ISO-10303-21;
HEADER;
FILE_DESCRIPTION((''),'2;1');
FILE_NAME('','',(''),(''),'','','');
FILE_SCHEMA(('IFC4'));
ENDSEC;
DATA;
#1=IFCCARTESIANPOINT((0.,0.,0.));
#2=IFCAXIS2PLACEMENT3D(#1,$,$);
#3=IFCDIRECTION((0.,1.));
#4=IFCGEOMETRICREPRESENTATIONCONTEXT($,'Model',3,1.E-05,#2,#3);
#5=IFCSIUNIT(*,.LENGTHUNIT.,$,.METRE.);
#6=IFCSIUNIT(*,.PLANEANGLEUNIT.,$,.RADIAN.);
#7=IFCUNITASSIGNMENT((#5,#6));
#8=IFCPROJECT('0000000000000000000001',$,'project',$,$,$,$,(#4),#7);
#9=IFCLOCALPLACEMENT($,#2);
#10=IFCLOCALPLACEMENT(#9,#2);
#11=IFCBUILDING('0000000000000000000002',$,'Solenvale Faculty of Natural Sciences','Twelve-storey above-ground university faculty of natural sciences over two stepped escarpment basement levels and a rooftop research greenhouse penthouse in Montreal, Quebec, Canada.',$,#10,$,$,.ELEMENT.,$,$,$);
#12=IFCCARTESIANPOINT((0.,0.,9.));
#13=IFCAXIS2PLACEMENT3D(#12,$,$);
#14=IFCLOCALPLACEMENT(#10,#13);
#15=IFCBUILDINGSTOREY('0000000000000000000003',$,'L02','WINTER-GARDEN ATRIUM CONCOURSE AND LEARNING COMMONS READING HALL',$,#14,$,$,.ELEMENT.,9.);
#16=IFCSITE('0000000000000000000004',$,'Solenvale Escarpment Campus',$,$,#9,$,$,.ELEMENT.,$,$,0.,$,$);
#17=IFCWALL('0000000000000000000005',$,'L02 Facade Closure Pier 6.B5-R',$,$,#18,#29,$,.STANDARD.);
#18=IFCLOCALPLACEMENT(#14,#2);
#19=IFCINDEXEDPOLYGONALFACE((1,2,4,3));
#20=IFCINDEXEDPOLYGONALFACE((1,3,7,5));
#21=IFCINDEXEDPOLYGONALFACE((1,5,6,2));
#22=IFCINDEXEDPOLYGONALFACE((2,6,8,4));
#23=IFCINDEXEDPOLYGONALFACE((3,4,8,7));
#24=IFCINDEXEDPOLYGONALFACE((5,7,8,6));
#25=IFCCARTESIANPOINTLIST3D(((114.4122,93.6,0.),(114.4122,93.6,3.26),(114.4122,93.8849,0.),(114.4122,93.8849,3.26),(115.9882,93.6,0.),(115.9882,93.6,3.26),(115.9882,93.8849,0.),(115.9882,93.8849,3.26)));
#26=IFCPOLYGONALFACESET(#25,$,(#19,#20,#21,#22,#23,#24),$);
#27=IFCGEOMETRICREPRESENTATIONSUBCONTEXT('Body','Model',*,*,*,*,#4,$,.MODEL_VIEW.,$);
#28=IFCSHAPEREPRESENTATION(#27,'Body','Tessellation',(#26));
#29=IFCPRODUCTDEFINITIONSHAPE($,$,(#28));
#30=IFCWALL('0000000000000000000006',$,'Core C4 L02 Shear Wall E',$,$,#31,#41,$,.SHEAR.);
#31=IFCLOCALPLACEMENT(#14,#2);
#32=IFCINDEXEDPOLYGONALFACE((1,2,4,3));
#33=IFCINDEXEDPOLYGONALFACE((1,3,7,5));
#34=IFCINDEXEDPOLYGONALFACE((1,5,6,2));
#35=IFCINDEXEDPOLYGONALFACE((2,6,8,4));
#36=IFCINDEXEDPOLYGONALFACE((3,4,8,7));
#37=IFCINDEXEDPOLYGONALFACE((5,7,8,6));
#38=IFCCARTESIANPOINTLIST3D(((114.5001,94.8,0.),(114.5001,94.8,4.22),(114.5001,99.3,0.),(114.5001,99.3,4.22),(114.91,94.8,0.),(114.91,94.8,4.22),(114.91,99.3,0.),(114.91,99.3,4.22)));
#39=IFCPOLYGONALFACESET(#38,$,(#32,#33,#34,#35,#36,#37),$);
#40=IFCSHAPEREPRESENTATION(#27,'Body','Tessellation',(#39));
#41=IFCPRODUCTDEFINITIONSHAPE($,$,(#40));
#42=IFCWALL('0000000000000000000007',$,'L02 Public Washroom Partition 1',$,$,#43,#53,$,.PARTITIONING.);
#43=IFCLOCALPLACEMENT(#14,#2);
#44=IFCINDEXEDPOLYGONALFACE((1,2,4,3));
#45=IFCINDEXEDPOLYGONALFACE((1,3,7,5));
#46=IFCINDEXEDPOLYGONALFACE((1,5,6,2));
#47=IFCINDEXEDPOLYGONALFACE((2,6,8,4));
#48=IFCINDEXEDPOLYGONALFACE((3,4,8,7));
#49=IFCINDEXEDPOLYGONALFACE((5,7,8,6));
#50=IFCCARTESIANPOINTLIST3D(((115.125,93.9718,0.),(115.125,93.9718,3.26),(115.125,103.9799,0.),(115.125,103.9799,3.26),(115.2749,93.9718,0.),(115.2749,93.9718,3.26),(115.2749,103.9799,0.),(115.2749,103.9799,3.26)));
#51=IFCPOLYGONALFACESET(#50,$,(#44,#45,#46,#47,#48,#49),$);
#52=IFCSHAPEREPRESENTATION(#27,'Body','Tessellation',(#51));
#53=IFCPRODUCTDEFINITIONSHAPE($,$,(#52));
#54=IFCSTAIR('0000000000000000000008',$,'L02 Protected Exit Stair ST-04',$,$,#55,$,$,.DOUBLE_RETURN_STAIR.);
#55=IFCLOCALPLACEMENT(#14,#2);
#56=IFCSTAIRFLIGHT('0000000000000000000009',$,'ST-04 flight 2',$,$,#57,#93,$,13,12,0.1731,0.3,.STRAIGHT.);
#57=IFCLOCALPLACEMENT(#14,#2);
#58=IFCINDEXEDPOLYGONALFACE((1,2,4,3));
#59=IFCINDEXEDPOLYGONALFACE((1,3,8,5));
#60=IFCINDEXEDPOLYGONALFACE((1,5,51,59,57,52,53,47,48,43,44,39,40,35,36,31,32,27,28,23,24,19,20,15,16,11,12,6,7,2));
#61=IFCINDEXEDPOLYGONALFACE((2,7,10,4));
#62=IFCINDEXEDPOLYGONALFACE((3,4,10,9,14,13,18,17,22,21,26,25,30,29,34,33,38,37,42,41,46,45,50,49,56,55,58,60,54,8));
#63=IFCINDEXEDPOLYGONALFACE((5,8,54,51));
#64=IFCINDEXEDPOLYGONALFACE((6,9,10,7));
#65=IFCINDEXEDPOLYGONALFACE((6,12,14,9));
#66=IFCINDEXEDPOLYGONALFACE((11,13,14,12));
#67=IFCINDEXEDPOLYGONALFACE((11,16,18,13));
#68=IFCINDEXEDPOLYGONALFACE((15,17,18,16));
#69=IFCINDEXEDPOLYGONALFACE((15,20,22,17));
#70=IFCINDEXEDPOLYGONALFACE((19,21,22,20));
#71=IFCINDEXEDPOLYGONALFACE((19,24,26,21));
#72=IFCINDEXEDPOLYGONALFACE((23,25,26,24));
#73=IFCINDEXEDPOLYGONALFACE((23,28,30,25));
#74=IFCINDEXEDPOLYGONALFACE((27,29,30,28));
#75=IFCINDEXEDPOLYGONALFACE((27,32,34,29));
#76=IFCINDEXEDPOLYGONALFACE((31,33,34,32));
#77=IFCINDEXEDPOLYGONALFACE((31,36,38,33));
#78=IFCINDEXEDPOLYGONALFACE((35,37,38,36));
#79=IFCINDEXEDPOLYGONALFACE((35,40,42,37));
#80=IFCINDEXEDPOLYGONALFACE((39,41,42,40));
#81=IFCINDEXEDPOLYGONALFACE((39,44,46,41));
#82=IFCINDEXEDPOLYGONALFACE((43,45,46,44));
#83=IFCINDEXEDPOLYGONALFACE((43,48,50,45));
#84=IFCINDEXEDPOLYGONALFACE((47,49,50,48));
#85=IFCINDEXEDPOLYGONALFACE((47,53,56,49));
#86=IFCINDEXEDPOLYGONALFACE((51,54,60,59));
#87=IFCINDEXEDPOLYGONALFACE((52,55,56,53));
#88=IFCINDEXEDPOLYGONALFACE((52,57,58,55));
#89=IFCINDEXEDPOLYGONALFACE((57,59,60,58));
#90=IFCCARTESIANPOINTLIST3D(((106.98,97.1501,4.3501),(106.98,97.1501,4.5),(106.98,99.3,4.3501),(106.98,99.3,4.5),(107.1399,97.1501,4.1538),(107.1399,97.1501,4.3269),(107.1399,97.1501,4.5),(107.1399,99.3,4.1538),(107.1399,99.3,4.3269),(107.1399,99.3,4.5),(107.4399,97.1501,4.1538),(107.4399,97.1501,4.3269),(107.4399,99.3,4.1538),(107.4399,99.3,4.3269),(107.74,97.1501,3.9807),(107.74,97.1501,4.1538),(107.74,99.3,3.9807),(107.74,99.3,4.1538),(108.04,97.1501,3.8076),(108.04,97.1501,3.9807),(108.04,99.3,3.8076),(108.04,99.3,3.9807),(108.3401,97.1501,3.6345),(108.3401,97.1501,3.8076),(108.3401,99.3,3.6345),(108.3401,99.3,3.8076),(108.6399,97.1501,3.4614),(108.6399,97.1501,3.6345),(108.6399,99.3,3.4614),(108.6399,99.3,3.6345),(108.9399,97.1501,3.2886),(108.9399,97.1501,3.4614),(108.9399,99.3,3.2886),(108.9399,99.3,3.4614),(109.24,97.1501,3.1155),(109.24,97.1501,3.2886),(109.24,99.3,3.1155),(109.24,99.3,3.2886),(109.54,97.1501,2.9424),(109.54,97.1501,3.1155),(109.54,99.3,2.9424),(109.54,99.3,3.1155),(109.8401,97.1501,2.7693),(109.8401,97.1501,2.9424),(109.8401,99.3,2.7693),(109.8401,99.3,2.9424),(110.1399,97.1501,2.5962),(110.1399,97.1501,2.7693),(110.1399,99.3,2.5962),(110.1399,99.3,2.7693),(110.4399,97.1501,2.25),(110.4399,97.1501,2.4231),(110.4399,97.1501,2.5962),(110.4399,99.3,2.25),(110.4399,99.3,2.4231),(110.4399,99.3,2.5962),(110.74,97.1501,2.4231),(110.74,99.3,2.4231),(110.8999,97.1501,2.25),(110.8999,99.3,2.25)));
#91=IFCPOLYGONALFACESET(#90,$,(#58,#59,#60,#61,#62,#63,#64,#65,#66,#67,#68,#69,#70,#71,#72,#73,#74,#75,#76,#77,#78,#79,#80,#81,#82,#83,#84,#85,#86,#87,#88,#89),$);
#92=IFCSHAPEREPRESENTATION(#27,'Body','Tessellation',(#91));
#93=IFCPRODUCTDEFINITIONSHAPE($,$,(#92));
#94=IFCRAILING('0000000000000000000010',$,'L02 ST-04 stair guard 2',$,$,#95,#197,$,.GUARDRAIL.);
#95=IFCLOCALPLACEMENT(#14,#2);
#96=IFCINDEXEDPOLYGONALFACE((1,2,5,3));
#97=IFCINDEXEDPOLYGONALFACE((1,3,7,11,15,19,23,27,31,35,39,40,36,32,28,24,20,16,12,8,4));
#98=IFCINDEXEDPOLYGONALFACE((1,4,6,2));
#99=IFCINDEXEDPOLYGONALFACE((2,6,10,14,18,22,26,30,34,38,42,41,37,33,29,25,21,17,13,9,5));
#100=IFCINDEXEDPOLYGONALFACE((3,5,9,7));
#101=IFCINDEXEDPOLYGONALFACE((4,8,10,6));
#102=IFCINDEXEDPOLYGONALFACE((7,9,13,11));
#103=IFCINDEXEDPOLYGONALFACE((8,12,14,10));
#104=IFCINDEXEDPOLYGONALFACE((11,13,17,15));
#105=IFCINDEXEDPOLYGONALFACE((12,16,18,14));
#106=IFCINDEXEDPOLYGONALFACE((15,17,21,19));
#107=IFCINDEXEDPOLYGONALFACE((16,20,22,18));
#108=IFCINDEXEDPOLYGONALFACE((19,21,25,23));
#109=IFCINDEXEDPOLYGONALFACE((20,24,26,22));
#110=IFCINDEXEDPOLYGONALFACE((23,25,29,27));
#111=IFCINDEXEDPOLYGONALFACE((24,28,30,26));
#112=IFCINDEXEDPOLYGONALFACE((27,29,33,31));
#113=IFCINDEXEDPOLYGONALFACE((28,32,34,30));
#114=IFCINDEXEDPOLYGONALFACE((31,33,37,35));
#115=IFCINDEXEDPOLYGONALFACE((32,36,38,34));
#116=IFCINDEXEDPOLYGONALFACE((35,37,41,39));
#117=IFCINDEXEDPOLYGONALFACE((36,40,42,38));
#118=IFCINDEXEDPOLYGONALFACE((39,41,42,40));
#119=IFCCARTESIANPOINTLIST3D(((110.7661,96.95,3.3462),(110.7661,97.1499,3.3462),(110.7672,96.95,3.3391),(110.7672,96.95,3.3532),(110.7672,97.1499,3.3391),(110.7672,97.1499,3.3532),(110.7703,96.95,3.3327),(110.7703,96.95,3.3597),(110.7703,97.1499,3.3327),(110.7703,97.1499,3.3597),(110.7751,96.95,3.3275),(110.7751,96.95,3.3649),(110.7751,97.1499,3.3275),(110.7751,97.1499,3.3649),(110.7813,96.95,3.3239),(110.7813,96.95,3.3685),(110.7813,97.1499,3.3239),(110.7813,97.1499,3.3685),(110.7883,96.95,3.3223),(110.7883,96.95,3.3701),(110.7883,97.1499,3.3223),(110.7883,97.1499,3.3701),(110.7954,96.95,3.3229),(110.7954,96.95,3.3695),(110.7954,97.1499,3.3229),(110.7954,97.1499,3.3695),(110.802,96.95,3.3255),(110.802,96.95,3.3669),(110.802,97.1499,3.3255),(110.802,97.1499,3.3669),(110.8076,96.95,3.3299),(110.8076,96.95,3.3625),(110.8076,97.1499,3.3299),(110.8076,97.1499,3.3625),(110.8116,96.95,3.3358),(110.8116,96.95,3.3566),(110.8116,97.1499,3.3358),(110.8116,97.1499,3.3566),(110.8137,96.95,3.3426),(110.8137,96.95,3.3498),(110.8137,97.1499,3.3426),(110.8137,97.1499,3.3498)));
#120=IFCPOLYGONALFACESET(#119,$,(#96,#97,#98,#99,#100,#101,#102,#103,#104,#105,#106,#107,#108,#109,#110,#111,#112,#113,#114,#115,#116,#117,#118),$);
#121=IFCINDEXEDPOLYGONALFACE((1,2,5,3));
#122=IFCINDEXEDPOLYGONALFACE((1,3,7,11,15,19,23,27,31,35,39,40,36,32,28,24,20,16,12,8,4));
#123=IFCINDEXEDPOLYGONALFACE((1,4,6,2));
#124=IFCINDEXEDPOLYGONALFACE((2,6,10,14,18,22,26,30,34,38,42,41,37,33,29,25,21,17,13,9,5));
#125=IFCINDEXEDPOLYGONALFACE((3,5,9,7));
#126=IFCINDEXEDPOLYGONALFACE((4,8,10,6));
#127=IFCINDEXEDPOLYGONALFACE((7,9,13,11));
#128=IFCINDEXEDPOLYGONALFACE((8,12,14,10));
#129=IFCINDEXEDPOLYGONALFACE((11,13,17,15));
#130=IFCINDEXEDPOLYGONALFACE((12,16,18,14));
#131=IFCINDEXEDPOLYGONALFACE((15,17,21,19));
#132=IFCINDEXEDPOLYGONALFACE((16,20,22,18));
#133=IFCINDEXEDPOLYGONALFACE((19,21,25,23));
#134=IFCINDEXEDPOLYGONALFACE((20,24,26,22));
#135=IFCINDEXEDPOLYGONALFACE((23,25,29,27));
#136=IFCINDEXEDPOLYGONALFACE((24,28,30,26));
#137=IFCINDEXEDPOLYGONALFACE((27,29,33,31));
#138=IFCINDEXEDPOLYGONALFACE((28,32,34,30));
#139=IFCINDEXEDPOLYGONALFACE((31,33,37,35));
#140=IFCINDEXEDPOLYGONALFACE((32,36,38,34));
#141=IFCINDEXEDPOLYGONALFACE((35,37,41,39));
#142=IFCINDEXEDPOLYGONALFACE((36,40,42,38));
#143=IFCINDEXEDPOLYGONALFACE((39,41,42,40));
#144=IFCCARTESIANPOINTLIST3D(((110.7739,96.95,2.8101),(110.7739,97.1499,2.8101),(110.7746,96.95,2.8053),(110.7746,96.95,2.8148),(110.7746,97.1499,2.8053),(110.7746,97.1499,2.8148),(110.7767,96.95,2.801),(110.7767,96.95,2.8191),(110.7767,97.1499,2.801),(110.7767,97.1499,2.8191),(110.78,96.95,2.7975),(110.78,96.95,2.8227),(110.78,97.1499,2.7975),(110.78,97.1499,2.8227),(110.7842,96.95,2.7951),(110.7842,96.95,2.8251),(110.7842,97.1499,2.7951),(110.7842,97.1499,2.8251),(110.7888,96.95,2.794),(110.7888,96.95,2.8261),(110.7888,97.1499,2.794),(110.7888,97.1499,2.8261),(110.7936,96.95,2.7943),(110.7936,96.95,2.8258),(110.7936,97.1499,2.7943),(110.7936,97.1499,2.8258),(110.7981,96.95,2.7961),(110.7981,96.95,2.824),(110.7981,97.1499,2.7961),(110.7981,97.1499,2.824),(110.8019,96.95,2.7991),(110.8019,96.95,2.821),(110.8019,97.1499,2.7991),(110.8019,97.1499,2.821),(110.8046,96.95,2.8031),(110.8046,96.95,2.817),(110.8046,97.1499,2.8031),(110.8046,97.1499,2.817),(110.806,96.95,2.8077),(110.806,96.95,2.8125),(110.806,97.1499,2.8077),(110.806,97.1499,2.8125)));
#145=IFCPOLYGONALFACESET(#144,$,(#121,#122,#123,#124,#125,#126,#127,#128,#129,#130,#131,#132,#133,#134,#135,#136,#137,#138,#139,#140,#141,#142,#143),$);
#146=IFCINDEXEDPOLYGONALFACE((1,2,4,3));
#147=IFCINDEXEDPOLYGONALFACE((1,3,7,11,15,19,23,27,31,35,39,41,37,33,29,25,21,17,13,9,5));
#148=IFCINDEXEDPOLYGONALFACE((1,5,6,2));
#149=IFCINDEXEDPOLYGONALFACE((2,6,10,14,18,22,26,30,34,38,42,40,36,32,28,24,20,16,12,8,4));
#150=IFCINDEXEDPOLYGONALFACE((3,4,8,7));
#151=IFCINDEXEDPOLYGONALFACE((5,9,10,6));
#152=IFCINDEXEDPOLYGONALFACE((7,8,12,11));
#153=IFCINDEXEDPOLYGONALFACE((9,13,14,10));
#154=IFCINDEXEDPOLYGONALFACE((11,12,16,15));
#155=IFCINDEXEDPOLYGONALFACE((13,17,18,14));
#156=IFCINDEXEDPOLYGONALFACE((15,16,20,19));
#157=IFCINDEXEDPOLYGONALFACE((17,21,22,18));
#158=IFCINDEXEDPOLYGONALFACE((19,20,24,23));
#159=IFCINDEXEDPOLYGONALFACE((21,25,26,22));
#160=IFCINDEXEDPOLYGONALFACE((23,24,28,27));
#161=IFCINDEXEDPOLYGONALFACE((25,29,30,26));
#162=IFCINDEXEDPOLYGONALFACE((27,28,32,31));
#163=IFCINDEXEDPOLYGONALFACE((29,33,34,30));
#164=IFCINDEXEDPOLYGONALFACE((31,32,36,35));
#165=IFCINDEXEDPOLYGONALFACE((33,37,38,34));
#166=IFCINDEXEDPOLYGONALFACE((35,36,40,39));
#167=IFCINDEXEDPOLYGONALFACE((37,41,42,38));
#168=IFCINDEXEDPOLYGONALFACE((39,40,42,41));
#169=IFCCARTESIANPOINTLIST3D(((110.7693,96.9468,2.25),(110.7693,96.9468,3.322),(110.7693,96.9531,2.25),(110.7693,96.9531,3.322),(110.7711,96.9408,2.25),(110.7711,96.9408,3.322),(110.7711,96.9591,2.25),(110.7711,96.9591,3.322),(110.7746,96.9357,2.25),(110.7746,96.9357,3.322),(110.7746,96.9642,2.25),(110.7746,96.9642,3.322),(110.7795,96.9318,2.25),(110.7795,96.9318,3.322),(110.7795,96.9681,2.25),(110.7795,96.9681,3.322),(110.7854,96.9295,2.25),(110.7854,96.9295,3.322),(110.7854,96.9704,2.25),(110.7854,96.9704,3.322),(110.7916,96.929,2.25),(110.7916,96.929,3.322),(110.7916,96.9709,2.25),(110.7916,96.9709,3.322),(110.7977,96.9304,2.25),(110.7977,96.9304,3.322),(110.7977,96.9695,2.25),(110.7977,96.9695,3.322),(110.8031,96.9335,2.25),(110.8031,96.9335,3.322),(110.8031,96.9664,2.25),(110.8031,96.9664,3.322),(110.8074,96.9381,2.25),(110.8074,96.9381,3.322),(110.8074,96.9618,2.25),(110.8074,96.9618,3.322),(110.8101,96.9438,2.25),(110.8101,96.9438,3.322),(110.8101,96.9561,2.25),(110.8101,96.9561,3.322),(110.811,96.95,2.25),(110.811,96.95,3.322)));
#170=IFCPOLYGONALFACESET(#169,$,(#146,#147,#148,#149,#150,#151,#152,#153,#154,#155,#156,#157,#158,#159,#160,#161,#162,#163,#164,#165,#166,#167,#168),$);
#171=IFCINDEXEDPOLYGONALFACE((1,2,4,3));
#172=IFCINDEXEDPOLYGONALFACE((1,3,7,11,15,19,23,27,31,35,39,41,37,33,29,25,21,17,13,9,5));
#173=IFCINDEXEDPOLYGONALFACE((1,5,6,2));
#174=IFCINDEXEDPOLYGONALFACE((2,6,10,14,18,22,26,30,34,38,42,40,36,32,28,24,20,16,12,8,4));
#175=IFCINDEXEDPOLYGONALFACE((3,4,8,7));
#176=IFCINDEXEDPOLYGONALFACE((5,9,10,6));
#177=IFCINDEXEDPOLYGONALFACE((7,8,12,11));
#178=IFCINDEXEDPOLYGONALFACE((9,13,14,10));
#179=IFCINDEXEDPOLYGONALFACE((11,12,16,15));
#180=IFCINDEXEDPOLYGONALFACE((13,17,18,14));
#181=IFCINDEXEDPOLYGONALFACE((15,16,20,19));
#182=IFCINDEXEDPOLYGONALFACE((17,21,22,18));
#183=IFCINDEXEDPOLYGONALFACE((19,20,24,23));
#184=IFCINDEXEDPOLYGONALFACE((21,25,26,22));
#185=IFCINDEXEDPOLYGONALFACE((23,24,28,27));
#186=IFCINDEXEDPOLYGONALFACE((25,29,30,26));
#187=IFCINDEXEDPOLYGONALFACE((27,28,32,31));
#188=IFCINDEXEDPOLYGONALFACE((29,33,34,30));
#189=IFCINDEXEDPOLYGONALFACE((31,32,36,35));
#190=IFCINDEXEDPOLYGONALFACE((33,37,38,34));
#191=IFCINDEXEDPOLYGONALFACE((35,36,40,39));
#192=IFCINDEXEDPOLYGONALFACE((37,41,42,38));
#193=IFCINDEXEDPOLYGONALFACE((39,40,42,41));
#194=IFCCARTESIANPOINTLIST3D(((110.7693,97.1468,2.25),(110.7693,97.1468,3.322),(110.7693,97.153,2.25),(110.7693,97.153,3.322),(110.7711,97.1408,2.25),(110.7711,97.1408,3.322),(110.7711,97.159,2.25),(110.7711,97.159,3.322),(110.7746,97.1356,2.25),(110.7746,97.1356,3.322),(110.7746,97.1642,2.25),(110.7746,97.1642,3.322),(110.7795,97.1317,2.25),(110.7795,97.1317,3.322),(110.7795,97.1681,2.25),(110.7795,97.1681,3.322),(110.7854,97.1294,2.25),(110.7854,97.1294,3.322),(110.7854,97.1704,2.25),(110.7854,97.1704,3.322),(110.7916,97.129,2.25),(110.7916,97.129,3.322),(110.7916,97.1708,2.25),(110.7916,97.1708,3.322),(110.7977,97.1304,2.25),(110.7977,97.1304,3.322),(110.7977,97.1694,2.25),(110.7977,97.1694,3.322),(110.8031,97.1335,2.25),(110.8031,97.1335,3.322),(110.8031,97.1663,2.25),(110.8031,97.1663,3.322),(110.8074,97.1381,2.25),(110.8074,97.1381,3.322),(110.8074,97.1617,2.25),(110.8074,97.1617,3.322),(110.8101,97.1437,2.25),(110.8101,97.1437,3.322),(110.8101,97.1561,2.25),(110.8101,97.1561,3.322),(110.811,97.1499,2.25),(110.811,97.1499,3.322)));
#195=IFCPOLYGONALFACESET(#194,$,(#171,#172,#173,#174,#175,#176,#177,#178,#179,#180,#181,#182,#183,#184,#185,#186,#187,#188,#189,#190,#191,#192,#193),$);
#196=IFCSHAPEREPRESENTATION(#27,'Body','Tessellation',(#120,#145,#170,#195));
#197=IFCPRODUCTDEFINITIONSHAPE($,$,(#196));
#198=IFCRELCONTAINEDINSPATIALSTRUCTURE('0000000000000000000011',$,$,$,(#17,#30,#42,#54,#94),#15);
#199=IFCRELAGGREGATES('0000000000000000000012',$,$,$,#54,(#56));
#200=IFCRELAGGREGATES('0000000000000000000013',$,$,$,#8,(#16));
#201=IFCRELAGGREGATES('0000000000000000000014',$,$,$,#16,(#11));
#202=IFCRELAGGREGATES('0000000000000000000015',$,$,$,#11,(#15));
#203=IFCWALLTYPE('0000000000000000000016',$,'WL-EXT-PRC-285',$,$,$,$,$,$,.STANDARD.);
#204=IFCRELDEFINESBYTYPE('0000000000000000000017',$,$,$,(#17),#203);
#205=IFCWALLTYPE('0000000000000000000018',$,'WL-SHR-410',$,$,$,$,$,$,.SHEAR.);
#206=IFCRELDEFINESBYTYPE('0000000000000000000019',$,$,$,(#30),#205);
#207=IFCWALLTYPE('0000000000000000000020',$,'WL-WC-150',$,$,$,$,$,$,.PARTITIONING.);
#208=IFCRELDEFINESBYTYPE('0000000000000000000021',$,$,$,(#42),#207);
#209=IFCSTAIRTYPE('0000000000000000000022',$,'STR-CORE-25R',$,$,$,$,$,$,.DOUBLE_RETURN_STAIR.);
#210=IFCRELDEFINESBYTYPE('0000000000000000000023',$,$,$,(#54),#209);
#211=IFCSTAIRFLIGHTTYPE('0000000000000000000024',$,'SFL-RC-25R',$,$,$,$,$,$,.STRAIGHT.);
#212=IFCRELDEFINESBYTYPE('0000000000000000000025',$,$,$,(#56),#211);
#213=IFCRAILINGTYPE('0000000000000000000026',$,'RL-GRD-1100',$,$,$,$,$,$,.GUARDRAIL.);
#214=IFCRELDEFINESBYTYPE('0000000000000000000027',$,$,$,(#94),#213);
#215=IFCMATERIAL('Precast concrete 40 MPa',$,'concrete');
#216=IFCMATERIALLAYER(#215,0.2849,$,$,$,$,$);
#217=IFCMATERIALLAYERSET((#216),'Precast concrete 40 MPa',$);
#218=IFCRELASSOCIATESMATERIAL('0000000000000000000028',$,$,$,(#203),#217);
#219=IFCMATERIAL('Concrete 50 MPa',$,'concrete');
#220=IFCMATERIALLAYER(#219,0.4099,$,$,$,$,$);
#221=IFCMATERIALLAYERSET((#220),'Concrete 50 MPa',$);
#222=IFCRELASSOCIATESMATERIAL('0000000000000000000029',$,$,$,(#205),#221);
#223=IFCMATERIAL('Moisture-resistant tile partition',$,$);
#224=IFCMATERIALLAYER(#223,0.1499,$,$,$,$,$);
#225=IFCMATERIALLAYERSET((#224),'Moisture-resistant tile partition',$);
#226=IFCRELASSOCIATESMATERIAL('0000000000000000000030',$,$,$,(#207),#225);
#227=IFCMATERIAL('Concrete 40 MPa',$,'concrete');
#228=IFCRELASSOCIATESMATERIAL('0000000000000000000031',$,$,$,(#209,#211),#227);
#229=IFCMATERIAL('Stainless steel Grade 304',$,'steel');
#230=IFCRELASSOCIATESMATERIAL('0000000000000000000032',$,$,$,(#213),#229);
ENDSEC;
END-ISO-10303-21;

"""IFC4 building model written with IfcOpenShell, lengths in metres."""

from ifc_helpers import new_model, si_unit, direction, frame, frame_2d, origin, origin_2d, place, context, subcontext, project, spatial, polyline, rectangle, circle, outline, extrude, material, layer, layer_set, type_object, element, aggregate, save


model = new_model("IFC4")

# Units and contexts
model_context = context("Model", 3, precision=1e-05, world=origin(), true_north=direction((0.0, 1.0)))
body_context = subcontext(model_context, "Body", "Model", "MODEL_VIEW")
ifc_project = project(units=[si_unit("LENGTHUNIT", "METRE"), si_unit("PLANEANGLEUNIT", "RADIAN")], contexts=[model_context])

# Site, building, storey
site_placement = place(None, origin())
site = spatial("IfcSite", under=ifc_project, at=site_placement, Name="Solenvale Escarpment Campus", CompositionType="ELEMENT", RefElevation=0.0)
building_placement = place(site_placement, origin())
building = spatial("IfcBuilding", under=site, at=building_placement, Name="Solenvale Faculty of Natural Sciences", Description="Twelve-storey above-ground university faculty of natural sciences over two stepped escarpment basement levels and a rooftop research greenhouse penthouse in Montreal, Quebec, Canada.", CompositionType="ELEMENT")
storey_placement = place(building_placement, frame((0.0, 0.0, 9.0)))
storey = spatial("IfcBuildingStorey", under=building, at=storey_placement, Name="L02", Description="WINTER-GARDEN ATRIUM CONCOURSE AND LEARNING COMMONS READING HALL", CompositionType="ELEMENT", Elevation=9.0)

# Shared definitions
ifc_material_1 = material(Name="Concrete 50 MPa", Category="concrete")

# Shared definitions
ifc_material_2 = material(Name="Concrete 40 MPa", Category="concrete")

# Walls
ifc_material_3 = material(Name="Precast concrete 40 MPa", Category="concrete")
ifc_layer_1 = layer(ifc_material_3, 0.2849)
ifc_layer_set_1 = layer_set([ifc_layer_1], Name="Precast concrete 40 MPa")
wall_type_1 = type_object("IfcWallType", Name="WL-EXT-PRC-285", PredefinedType="STANDARD", material=ifc_layer_set_1)
wall_1_placement = place(storey_placement, frame((114.4121, 93.7424, 0.0), z_axis=(0.0, 0.0, 1.0), x_axis=(1.0, 0.0, 0.0)))
element("IfcWall", 1, at=wall_1_placement, inside=storey, type_object=wall_type_1, Name="L02 Facade Closure Pier 6.B5-R", PredefinedType="STANDARD", context=body_context, shape_type="SweptSolid", body=[
    extrude(rectangle(XDim=1.5759, YDim=0.2849, at=frame_2d((0.7881, 0.0))), origin(), (0.0, 0.0, 1.0), 3.26),
])
ifc_layer_2 = layer(ifc_material_1, 0.4099)
ifc_layer_set_2 = layer_set([ifc_layer_2], Name="Concrete 50 MPa")
wall_type_2 = type_object("IfcWallType", Name="WL-SHR-410", PredefinedType="SHEAR", material=ifc_layer_set_2)
wall_2_placement = place(storey_placement, frame((114.7051, 94.8, 0.0), z_axis=(0.0, 0.0, 1.0), x_axis=(0.0, 1.0, 0.0)))
element("IfcWall", 2, at=wall_2_placement, inside=storey, type_object=wall_type_2, Name="Core C4 L02 Shear Wall E", PredefinedType="SHEAR", context=body_context, shape_type="SweptSolid", body=[
    extrude(rectangle(XDim=4.5, YDim=0.4099, at=frame_2d((2.25, 0.0))), origin(), (0.0, 0.0, 1.0), 4.22),
])
ifc_material_4 = material(Name="Moisture-resistant tile partition")
ifc_layer_3 = layer(ifc_material_4, 0.1499)
ifc_layer_set_3 = layer_set([ifc_layer_3], Name="Moisture-resistant tile partition")
wall_type_3 = type_object("IfcWallType", Name="WL-WC-150", PredefinedType="PARTITIONING", material=ifc_layer_set_3)
wall_3_placement = place(storey_placement, frame((115.2, 93.9719, 0.0), z_axis=(0.0, 0.0, 1.0), x_axis=(0.0, 1.0, 0.0)))
element("IfcWall", 3, at=wall_3_placement, inside=storey, type_object=wall_type_3, Name="L02 Public Washroom Partition 1", PredefinedType="PARTITIONING", context=body_context, shape_type="SweptSolid", body=[
    extrude(rectangle(XDim=10.0081, YDim=0.1499, at=frame_2d((5.0039, 0.0))), origin(), (0.0, 0.0, 1.0), 3.26),
])

# Stair, stair flight
stair_type = type_object("IfcStairType", Name="STR-CORE-25R", PredefinedType="DOUBLE_RETURN_STAIR", material=ifc_material_2)
stair_placement = place(storey_placement, origin())
stair = element("IfcStair", 4, at=stair_placement, inside=storey, type_object=stair_type, Name="L02 Protected Exit Stair ST-04", PredefinedType="DOUBLE_RETURN_STAIR")
stair_flight_type = type_object("IfcStairFlightType", Name="SFL-RC-25R", PredefinedType="STRAIGHT", material=ifc_material_2)
stair_flight_placement = place(storey_placement, frame((110.74, 98.2251, 2.25), z_axis=(0.0, 0.0, 1.0), x_axis=(-1.0, 0.0, 0.0)))
stair_flight = element("IfcStairFlight", 5, at=stair_flight_placement, type_object=stair_flight_type, Name="ST-04 flight 2", NumberOfRisers=13, NumberOfTreads=12, PredefinedType="STRAIGHT", RiserHeight=0.1731, TreadLength=0.3, context=body_context, shape_type="SweptSolid", body=[
    extrude(outline(polyline([(-0.1599, 0.0), (0.0, 0.1731), (0.3, 0.1731), (0.3, 0.3462), (0.6001, 0.3462), (0.6001, 0.5193), (0.8999, 0.5193), (0.8999, 0.6924), (1.2, 0.6924), (1.2, 0.8655), (1.5, 0.8655), (1.5, 1.0386), (1.8, 1.0386), (1.8, 1.2114), (2.1001, 1.2114), (2.1001, 1.3845), (2.3999, 1.3845), (2.3999, 1.5576), (2.7, 1.5576), (2.7, 1.7307), (3.0, 1.7307), (3.0, 1.9038), (3.3, 1.9038), (3.3, 2.0769), (3.6001, 2.0769), (3.6001, 2.25), (3.76, 2.25), (3.76, 2.1001), (3.6001, 1.9038), (0.3, 0.0), (-0.1599, 0.0)])), frame((0.0, 1.075, 0.0), z_axis=(0.0, -1.0, 0.0), x_axis=(1.0, 0.0, 0.0)), (0.0, 0.0, 1.0), 2.1499),
])
aggregate(stair, [stair_flight])

# Railing
ifc_material_5 = material(Name="Stainless steel Grade 304", Category="steel")
railing_type_1 = type_object("IfcRailingType", Name="RL-GRD-1100", PredefinedType="GUARDRAIL", material=ifc_material_5)
railing_1_placement = place(storey_placement, frame((110.79, 96.95, 2.25)))
element("IfcRailing", 6, at=railing_1_placement, inside=storey, type_object=railing_type_1, Name="L02 ST-04 stair guard 2", PredefinedType="GUARDRAIL", context=body_context, shape_type="SweptSolid", body=[
    extrude(circle(Radius=0.0239, at=origin_2d()), frame((0.0, 0.0, 1.0962), z_axis=(0.0, 1.0, 0.0), x_axis=(-1.0, 0.0, 0.0)), (0.0, 0.0, 1.0), 0.2),
    extrude(circle(Radius=0.0161, at=origin_2d()), frame((0.0, 0.0, 0.5601), z_axis=(0.0, 1.0, 0.0), x_axis=(-1.0, 0.0, 0.0)), (0.0, 0.0, 1.0), 0.2),
    extrude(circle(Radius=0.021, at=origin_2d()), origin(), (0.0, 0.0, 1.0), 1.072),
    extrude(circle(Radius=0.021, at=origin_2d()), frame((0.0, 0.2, 0.0)), (0.0, 0.0, 1.0), 1.072),
])

save(model, "model.ifc")
